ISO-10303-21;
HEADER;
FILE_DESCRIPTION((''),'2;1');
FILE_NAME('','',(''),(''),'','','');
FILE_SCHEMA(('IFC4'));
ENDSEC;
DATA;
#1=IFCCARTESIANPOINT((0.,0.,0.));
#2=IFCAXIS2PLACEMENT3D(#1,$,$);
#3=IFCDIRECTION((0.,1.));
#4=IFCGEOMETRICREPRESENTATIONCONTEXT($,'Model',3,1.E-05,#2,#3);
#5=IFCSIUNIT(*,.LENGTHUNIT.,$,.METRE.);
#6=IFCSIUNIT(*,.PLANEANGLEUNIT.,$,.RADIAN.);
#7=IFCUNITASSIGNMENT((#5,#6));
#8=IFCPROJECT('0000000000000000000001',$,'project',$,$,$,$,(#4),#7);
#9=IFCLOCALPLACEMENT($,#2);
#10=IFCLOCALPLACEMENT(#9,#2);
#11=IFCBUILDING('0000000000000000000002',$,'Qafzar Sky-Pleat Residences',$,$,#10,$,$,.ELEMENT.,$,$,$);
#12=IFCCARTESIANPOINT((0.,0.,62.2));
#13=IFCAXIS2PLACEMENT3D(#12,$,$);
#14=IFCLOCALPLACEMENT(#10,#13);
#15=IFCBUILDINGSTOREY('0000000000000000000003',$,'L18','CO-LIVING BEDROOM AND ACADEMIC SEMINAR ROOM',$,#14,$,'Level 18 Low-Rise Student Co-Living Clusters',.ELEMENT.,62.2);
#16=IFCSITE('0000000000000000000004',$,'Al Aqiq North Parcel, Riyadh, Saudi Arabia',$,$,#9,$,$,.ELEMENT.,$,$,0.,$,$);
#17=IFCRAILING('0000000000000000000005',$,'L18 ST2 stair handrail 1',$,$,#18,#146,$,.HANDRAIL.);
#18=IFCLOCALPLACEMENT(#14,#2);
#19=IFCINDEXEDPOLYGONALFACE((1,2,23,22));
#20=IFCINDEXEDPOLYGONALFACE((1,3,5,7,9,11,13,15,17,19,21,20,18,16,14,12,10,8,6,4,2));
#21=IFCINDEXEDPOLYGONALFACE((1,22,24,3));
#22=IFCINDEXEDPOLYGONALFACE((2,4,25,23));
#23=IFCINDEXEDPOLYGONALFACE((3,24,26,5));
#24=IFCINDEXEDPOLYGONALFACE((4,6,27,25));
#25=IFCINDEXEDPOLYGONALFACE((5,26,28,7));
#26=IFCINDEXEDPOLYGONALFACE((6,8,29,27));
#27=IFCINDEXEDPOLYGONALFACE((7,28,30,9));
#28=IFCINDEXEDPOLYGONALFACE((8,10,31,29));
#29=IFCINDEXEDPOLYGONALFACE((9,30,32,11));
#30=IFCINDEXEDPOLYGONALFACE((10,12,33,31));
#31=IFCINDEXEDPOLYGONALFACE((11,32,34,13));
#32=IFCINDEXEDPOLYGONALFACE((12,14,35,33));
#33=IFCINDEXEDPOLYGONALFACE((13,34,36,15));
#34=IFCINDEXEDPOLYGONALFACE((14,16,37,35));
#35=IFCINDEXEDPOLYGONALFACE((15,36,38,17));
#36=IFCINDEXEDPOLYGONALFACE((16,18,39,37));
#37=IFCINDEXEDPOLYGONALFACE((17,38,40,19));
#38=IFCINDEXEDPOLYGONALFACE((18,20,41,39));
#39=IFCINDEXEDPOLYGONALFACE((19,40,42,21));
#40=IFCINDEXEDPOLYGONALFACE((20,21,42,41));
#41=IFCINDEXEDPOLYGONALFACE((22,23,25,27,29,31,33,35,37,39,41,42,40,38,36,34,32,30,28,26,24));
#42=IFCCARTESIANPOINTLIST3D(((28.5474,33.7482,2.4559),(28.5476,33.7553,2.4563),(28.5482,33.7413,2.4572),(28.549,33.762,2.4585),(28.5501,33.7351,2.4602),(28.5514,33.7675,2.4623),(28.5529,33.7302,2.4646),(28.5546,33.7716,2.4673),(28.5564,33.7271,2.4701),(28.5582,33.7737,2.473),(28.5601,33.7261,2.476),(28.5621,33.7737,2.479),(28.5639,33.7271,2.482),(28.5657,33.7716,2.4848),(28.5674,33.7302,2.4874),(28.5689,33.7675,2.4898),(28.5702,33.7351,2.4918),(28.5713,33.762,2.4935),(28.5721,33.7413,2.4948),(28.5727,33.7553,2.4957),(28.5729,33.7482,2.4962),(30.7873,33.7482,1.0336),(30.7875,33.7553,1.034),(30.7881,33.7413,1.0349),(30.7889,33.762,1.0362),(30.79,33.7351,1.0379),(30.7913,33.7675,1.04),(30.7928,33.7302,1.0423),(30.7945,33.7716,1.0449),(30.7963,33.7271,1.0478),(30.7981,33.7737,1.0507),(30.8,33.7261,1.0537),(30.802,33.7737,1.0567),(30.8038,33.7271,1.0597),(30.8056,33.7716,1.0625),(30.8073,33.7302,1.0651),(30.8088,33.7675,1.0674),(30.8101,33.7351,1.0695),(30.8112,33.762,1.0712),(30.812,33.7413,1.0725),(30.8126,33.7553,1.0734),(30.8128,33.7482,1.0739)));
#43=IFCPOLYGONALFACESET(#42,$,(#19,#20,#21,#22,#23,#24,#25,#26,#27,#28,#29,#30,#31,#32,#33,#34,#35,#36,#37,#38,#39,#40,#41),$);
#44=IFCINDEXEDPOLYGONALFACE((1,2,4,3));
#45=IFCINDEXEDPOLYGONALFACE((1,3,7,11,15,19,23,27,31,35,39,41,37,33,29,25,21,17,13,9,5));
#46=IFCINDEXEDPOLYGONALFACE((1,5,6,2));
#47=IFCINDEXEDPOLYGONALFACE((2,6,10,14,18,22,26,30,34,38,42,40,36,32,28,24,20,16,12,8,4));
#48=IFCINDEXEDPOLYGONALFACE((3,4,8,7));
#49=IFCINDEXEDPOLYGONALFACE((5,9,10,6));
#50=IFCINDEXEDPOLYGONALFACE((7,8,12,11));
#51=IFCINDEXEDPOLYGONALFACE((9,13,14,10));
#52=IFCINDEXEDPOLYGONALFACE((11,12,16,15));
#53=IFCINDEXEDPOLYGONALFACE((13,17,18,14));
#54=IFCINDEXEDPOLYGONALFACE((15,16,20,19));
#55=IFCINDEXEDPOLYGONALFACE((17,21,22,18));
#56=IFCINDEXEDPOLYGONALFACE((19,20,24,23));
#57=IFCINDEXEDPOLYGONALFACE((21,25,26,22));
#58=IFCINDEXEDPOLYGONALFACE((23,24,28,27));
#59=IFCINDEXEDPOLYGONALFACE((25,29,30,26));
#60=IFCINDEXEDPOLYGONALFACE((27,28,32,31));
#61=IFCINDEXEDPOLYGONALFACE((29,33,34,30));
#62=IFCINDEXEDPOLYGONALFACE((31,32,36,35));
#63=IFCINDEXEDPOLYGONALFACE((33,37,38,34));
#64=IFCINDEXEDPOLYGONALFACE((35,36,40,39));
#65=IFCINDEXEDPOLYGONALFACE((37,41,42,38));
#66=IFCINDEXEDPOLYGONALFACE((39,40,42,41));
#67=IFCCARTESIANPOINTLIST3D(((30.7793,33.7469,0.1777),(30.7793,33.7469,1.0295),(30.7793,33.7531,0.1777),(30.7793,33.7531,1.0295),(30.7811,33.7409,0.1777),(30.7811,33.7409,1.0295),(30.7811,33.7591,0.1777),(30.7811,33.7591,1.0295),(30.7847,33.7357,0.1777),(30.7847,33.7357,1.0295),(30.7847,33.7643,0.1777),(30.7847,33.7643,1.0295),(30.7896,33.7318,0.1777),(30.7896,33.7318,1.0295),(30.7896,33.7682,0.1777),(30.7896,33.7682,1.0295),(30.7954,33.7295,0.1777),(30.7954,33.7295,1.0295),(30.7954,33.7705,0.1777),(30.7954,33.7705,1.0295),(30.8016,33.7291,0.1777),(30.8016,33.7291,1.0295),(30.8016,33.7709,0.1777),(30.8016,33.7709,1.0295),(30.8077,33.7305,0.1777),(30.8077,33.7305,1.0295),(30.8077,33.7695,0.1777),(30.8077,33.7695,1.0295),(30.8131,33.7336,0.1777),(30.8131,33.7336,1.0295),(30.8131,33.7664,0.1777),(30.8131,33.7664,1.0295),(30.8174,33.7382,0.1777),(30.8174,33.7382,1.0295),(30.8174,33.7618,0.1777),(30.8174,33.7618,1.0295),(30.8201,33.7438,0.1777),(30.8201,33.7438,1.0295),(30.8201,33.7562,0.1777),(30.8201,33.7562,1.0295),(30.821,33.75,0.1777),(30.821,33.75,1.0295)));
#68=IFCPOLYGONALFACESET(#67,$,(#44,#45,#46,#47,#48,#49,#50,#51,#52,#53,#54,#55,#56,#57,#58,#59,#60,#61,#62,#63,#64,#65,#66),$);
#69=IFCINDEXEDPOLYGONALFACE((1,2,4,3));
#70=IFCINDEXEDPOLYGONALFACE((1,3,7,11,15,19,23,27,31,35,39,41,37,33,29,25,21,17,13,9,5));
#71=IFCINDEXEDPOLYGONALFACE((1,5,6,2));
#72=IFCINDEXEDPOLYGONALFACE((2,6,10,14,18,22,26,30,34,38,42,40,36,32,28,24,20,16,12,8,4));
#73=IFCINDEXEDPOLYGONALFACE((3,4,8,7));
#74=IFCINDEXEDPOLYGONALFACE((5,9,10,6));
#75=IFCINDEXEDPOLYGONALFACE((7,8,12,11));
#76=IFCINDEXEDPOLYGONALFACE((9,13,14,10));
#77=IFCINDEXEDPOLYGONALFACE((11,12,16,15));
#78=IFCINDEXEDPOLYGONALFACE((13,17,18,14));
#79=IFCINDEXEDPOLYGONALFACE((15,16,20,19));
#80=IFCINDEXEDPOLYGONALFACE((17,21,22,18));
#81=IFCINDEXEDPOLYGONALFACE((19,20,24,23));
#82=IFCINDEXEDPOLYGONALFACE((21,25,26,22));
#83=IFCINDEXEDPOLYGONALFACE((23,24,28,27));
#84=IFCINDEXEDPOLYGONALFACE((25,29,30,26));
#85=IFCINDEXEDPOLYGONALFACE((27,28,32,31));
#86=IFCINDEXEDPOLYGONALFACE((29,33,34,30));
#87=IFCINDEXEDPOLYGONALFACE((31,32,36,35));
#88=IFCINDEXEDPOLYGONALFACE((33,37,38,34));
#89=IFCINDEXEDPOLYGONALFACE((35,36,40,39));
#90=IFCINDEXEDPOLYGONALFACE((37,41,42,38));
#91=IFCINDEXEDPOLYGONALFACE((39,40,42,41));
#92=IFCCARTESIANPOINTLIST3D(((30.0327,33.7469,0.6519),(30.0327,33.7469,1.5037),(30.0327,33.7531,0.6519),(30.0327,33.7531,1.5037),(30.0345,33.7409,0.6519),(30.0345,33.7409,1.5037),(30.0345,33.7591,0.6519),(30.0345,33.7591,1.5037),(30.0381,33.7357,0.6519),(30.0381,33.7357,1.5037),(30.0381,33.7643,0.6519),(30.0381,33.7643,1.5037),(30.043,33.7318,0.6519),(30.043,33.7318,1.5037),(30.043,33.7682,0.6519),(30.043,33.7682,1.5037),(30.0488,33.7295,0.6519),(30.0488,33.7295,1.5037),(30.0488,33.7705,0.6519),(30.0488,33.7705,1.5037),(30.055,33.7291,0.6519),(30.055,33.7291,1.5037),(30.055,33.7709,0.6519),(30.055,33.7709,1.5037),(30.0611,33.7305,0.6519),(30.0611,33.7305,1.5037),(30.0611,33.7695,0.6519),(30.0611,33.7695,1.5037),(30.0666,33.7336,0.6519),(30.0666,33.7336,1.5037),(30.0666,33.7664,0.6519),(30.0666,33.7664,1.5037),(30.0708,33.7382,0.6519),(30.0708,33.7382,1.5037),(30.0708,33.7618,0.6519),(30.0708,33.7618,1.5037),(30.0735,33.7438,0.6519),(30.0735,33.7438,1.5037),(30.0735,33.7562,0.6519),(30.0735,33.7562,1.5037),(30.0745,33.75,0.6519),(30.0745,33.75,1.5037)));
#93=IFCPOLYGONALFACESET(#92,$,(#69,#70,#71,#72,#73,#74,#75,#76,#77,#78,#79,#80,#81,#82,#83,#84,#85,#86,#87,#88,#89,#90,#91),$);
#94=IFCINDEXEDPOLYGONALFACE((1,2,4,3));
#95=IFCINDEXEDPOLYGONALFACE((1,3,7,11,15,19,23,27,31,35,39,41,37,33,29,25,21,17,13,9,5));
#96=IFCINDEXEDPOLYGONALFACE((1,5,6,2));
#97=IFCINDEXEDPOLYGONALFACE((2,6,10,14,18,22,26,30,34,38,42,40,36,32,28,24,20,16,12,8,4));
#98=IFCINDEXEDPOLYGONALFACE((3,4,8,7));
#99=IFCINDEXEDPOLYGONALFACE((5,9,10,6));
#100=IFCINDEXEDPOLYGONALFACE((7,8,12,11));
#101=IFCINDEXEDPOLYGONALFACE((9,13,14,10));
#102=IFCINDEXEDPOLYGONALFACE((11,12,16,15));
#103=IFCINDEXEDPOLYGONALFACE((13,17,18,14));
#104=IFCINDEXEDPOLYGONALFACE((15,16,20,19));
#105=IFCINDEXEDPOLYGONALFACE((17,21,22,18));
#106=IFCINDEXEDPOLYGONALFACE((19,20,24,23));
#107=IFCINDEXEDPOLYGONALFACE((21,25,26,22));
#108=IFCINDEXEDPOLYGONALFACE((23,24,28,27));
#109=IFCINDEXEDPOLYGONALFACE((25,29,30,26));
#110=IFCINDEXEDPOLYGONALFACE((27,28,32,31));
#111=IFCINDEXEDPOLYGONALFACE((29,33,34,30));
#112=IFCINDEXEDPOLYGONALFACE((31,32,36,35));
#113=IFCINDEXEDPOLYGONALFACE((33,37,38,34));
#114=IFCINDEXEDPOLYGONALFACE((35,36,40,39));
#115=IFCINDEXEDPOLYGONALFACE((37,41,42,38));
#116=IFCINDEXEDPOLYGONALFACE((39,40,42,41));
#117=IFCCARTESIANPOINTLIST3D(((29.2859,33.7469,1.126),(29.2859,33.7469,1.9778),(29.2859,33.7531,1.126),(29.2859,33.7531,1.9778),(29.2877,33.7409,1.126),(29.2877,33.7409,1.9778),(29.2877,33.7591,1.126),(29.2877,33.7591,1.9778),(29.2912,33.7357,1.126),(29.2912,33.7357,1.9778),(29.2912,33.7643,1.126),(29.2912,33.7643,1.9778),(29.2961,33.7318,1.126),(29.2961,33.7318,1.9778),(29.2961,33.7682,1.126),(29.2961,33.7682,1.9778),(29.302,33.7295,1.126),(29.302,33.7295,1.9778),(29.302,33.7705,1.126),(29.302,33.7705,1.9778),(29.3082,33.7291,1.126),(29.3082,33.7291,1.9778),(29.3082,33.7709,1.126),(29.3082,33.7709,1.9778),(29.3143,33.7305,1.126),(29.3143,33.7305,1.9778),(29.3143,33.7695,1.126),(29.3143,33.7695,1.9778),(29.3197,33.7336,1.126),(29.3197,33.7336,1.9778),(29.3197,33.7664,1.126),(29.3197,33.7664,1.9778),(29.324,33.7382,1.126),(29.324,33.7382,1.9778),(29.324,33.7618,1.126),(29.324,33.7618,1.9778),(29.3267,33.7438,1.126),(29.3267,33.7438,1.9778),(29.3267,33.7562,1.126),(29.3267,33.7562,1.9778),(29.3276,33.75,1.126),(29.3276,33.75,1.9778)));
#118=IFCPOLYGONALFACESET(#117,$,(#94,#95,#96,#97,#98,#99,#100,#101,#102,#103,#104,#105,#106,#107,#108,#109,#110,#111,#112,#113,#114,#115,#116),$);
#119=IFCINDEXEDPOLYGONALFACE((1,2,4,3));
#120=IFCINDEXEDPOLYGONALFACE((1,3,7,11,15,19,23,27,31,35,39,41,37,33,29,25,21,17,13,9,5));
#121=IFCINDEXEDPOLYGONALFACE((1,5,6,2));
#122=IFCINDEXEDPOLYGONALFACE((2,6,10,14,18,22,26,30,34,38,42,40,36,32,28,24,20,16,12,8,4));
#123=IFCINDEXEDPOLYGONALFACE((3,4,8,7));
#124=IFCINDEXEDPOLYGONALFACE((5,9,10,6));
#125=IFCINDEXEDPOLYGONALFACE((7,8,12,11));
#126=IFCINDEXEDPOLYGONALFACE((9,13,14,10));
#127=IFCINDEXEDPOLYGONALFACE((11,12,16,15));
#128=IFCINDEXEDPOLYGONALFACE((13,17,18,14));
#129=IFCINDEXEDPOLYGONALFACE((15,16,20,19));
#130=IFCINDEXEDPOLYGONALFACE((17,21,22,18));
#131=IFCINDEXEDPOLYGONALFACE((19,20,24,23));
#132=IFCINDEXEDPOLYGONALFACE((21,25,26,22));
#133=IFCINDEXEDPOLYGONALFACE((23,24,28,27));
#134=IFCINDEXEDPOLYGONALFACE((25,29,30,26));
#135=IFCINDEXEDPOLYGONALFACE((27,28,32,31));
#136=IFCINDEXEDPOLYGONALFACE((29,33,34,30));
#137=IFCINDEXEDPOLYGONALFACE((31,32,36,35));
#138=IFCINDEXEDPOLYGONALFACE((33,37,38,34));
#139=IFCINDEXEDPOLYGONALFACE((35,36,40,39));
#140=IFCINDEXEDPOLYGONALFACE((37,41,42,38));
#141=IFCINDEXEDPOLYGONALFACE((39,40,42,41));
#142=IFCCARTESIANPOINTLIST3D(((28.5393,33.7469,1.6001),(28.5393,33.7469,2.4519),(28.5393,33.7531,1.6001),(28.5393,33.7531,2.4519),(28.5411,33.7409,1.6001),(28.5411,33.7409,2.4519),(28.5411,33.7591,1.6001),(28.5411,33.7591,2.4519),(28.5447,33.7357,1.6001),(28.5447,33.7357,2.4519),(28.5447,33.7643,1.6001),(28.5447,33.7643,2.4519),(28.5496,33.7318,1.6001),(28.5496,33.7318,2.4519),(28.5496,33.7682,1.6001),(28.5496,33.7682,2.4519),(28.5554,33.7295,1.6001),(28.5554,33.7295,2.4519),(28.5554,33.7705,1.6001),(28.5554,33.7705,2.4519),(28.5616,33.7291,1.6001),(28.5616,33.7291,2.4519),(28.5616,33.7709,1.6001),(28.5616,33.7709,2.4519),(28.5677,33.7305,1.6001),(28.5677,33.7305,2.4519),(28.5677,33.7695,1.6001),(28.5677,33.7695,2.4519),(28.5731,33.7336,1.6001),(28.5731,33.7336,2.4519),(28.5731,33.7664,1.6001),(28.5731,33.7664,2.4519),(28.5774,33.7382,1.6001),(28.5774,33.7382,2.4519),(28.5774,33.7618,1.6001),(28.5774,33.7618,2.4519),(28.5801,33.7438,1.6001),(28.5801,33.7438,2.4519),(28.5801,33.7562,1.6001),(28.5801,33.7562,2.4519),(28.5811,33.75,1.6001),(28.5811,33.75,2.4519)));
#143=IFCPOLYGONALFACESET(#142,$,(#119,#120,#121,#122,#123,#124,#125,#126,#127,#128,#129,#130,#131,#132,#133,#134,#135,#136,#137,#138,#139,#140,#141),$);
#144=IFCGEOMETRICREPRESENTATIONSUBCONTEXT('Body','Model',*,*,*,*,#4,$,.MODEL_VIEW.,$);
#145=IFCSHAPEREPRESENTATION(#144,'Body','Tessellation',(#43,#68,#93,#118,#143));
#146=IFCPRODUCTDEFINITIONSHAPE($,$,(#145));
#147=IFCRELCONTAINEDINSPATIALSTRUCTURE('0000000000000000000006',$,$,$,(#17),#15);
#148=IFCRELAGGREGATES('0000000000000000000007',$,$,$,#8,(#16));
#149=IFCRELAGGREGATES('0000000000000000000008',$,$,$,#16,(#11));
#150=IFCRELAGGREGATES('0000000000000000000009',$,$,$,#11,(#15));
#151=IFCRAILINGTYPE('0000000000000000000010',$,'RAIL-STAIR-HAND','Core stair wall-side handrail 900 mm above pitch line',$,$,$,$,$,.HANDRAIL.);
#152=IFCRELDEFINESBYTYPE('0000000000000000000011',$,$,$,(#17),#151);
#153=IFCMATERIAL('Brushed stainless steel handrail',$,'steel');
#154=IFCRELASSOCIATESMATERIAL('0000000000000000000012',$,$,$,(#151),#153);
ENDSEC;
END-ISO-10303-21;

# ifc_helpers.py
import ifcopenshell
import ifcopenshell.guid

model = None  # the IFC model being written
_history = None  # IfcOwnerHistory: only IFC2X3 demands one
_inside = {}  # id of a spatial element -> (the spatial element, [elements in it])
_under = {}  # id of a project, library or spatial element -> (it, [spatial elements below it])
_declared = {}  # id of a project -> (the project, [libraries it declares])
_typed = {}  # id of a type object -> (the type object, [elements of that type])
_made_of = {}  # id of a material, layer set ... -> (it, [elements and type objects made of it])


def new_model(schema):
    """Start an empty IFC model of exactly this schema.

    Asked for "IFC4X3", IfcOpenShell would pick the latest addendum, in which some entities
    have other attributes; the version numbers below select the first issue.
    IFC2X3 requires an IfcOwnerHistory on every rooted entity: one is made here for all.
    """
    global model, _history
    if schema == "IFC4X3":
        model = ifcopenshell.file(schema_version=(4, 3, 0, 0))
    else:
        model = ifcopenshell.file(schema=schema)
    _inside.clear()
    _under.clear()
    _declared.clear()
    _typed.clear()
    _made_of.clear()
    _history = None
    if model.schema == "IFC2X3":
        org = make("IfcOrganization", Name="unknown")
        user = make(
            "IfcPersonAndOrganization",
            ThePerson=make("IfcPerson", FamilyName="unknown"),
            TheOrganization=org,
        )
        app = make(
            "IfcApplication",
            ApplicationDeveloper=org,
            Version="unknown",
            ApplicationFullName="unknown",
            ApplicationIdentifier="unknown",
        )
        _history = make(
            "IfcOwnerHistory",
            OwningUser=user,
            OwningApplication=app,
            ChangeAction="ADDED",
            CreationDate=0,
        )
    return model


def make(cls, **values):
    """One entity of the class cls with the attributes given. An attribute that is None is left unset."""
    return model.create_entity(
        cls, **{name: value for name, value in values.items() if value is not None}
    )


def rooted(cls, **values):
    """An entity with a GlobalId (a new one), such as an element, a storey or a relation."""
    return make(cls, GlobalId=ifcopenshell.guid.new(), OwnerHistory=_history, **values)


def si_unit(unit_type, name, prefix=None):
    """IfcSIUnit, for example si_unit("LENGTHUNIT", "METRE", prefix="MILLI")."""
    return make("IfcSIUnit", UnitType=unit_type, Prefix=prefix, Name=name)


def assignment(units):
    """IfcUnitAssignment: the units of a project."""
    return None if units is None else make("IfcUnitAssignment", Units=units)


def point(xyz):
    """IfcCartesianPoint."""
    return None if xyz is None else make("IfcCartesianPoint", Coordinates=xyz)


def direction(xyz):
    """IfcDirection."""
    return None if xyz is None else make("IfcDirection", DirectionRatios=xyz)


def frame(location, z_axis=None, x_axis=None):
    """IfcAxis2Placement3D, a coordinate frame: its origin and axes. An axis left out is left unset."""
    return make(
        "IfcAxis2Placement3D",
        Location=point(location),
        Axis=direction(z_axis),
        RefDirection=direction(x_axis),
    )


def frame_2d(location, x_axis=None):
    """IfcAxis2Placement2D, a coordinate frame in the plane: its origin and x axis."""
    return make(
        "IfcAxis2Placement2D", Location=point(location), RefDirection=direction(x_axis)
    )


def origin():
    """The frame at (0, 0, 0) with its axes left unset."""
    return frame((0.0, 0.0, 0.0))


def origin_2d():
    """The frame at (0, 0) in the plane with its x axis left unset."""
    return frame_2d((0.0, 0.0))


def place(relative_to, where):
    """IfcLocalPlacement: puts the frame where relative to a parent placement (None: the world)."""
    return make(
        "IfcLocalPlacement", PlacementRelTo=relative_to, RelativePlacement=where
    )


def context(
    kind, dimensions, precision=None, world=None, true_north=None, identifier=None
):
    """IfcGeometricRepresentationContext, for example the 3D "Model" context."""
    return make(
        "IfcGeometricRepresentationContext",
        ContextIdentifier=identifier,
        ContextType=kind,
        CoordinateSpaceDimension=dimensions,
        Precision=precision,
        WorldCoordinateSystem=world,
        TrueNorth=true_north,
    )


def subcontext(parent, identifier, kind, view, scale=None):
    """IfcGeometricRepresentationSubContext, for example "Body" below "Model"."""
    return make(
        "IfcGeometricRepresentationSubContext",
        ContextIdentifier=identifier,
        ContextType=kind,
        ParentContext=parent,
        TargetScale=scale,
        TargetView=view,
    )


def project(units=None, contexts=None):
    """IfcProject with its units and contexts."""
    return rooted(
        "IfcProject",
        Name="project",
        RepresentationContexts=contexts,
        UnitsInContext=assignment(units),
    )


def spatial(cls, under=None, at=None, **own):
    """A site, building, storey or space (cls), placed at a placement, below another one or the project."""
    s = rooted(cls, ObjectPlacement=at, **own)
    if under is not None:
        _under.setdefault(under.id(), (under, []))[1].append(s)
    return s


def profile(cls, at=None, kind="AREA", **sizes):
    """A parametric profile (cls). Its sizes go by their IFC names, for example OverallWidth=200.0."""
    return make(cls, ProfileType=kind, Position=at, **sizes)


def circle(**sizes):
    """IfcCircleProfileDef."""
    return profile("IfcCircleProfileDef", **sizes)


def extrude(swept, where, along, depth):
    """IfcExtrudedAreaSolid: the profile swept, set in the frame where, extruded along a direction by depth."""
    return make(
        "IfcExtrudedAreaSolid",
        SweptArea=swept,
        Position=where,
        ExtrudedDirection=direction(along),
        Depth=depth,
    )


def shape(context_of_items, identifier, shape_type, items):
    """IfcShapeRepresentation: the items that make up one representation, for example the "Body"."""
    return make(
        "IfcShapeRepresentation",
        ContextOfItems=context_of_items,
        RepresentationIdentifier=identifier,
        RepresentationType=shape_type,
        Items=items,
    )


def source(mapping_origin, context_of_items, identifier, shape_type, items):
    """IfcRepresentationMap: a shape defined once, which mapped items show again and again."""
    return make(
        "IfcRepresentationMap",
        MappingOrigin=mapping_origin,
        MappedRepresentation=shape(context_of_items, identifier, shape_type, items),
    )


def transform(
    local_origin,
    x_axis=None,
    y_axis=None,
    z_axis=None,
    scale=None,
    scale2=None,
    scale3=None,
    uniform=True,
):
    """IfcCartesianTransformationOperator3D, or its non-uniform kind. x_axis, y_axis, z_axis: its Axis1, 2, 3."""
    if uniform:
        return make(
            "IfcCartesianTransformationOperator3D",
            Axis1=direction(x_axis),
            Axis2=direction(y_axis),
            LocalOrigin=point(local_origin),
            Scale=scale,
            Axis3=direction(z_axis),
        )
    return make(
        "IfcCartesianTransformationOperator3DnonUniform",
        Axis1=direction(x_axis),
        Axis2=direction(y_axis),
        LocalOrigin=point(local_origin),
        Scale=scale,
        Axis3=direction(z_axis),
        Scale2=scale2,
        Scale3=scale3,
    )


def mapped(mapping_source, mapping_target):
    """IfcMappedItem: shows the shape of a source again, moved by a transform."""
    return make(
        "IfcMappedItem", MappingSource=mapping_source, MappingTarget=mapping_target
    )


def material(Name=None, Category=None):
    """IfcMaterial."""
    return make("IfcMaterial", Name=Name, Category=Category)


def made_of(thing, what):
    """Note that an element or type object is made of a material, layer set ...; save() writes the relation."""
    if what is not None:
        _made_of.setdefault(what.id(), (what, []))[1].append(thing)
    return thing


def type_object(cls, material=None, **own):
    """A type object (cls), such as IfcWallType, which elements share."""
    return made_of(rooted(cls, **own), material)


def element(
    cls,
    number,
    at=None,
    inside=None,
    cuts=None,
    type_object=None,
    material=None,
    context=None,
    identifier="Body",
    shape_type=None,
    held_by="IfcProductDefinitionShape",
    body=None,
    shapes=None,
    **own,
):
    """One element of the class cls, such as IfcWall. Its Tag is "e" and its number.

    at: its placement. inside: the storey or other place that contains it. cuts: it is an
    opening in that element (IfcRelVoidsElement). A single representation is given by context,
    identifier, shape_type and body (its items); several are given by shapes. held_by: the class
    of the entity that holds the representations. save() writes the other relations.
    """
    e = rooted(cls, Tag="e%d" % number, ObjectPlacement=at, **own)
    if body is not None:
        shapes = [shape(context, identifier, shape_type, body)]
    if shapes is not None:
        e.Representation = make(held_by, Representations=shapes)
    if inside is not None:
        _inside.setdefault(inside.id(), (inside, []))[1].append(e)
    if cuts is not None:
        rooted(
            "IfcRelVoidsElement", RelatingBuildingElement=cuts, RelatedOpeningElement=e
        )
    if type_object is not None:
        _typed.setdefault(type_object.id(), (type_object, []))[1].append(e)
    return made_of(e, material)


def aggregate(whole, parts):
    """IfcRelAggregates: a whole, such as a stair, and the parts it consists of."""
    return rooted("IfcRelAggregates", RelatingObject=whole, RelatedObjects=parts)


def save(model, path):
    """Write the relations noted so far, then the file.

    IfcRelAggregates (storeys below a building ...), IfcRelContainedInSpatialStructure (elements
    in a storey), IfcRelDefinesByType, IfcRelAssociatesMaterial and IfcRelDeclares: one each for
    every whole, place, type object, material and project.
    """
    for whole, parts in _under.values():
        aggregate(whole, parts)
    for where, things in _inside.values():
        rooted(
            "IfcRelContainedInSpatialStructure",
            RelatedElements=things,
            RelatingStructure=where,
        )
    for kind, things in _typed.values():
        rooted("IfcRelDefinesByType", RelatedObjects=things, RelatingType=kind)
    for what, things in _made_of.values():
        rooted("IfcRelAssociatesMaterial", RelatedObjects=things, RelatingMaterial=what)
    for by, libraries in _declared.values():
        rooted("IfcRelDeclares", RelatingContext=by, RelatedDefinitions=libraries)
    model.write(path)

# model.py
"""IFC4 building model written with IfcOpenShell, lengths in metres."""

from ifc_helpers import new_model, si_unit, direction, frame, origin, origin_2d, place, context, subcontext, project, spatial, circle, extrude, source, transform, mapped, material, type_object, element, save


model = new_model("IFC4")

# Units and contexts
model_context = context("Model", 3, precision=1e-05, world=origin(), true_north=direction((0.0, 1.0)))
body_context = subcontext(model_context, "Body", "Model", "MODEL_VIEW")
ifc_project = project(units=[si_unit("LENGTHUNIT", "METRE"), si_unit("PLANEANGLEUNIT", "RADIAN")], contexts=[model_context])

# Site, building, storey
site_placement = place(None, origin())
site = spatial("IfcSite", under=ifc_project, at=site_placement, Name="Al Aqiq North Parcel, Riyadh, Saudi Arabia", CompositionType="ELEMENT", RefElevation=0.0)
building_placement = place(site_placement, origin())
building = spatial("IfcBuilding", under=site, at=building_placement, Name="Qafzar Sky-Pleat Residences", CompositionType="ELEMENT")
storey_placement = place(building_placement, frame((0.0, 0.0, 62.2)))
storey = spatial("IfcBuildingStorey", under=building, at=storey_placement, Name="L18", Description="CO-LIVING BEDROOM AND ACADEMIC SEMINAR ROOM", LongName="Level 18 Low-Rise Student Co-Living Clusters", CompositionType="ELEMENT", Elevation=62.2)

# Railing
ifc_material_1 = material(Name="Brushed stainless steel handrail", Category="steel")
railing_type_1 = type_object("IfcRailingType", Name="RAIL-STAIR-HAND", Description="Core stair wall-side handrail 900 mm above pitch line", PredefinedType="HANDRAIL", material=ifc_material_1)
shared_shape_1 = source(origin(), body_context, "Body", "SweptSolid", [
    extrude(circle(Radius=0.0239, at=origin_2d()), frame((0.0, 0.0, 0.876), z_axis=(-0.844188, 0.0, 0.536048), x_axis=(0.0, -1.0, 0.0)), (0.0, 0.0, 1.0), 2.6533),
    extrude(circle(Radius=0.021, at=origin_2d()), origin(), (0.0, 0.0, 1.0), 0.8518),
    extrude(circle(Radius=0.021, at=origin_2d()), frame((-0.7466, 0.0, 0.4741)), (0.0, 0.0, 1.0), 0.8518),
    extrude(circle(Radius=0.021, at=origin_2d()), frame((-1.4934, 0.0, 0.9482)), (0.0, 0.0, 1.0), 0.8518),
    extrude(circle(Radius=0.021, at=origin_2d()), frame((-2.24, 0.0, 1.4224)), (0.0, 0.0, 1.0), 0.8518),
])
railing_1_placement = place(storey_placement, frame((30.8, 33.75, 0.1777)))
element("IfcRailing", 1, at=railing_1_placement, inside=storey, type_object=railing_type_1, Name="L18 ST2 stair handrail 1", PredefinedType="HANDRAIL", context=body_context, shape_type="MappedRepresentation", body=[
    mapped(shared_shape_1, transform((0.0, 0.0, 0.0), x_axis=(1.0, 0.0, 0.0), y_axis=(0.0, 1.0, 0.0), z_axis=(0.0, 0.0, 1.0), scale=1.0)),
])

save(model, "model.ifc")
